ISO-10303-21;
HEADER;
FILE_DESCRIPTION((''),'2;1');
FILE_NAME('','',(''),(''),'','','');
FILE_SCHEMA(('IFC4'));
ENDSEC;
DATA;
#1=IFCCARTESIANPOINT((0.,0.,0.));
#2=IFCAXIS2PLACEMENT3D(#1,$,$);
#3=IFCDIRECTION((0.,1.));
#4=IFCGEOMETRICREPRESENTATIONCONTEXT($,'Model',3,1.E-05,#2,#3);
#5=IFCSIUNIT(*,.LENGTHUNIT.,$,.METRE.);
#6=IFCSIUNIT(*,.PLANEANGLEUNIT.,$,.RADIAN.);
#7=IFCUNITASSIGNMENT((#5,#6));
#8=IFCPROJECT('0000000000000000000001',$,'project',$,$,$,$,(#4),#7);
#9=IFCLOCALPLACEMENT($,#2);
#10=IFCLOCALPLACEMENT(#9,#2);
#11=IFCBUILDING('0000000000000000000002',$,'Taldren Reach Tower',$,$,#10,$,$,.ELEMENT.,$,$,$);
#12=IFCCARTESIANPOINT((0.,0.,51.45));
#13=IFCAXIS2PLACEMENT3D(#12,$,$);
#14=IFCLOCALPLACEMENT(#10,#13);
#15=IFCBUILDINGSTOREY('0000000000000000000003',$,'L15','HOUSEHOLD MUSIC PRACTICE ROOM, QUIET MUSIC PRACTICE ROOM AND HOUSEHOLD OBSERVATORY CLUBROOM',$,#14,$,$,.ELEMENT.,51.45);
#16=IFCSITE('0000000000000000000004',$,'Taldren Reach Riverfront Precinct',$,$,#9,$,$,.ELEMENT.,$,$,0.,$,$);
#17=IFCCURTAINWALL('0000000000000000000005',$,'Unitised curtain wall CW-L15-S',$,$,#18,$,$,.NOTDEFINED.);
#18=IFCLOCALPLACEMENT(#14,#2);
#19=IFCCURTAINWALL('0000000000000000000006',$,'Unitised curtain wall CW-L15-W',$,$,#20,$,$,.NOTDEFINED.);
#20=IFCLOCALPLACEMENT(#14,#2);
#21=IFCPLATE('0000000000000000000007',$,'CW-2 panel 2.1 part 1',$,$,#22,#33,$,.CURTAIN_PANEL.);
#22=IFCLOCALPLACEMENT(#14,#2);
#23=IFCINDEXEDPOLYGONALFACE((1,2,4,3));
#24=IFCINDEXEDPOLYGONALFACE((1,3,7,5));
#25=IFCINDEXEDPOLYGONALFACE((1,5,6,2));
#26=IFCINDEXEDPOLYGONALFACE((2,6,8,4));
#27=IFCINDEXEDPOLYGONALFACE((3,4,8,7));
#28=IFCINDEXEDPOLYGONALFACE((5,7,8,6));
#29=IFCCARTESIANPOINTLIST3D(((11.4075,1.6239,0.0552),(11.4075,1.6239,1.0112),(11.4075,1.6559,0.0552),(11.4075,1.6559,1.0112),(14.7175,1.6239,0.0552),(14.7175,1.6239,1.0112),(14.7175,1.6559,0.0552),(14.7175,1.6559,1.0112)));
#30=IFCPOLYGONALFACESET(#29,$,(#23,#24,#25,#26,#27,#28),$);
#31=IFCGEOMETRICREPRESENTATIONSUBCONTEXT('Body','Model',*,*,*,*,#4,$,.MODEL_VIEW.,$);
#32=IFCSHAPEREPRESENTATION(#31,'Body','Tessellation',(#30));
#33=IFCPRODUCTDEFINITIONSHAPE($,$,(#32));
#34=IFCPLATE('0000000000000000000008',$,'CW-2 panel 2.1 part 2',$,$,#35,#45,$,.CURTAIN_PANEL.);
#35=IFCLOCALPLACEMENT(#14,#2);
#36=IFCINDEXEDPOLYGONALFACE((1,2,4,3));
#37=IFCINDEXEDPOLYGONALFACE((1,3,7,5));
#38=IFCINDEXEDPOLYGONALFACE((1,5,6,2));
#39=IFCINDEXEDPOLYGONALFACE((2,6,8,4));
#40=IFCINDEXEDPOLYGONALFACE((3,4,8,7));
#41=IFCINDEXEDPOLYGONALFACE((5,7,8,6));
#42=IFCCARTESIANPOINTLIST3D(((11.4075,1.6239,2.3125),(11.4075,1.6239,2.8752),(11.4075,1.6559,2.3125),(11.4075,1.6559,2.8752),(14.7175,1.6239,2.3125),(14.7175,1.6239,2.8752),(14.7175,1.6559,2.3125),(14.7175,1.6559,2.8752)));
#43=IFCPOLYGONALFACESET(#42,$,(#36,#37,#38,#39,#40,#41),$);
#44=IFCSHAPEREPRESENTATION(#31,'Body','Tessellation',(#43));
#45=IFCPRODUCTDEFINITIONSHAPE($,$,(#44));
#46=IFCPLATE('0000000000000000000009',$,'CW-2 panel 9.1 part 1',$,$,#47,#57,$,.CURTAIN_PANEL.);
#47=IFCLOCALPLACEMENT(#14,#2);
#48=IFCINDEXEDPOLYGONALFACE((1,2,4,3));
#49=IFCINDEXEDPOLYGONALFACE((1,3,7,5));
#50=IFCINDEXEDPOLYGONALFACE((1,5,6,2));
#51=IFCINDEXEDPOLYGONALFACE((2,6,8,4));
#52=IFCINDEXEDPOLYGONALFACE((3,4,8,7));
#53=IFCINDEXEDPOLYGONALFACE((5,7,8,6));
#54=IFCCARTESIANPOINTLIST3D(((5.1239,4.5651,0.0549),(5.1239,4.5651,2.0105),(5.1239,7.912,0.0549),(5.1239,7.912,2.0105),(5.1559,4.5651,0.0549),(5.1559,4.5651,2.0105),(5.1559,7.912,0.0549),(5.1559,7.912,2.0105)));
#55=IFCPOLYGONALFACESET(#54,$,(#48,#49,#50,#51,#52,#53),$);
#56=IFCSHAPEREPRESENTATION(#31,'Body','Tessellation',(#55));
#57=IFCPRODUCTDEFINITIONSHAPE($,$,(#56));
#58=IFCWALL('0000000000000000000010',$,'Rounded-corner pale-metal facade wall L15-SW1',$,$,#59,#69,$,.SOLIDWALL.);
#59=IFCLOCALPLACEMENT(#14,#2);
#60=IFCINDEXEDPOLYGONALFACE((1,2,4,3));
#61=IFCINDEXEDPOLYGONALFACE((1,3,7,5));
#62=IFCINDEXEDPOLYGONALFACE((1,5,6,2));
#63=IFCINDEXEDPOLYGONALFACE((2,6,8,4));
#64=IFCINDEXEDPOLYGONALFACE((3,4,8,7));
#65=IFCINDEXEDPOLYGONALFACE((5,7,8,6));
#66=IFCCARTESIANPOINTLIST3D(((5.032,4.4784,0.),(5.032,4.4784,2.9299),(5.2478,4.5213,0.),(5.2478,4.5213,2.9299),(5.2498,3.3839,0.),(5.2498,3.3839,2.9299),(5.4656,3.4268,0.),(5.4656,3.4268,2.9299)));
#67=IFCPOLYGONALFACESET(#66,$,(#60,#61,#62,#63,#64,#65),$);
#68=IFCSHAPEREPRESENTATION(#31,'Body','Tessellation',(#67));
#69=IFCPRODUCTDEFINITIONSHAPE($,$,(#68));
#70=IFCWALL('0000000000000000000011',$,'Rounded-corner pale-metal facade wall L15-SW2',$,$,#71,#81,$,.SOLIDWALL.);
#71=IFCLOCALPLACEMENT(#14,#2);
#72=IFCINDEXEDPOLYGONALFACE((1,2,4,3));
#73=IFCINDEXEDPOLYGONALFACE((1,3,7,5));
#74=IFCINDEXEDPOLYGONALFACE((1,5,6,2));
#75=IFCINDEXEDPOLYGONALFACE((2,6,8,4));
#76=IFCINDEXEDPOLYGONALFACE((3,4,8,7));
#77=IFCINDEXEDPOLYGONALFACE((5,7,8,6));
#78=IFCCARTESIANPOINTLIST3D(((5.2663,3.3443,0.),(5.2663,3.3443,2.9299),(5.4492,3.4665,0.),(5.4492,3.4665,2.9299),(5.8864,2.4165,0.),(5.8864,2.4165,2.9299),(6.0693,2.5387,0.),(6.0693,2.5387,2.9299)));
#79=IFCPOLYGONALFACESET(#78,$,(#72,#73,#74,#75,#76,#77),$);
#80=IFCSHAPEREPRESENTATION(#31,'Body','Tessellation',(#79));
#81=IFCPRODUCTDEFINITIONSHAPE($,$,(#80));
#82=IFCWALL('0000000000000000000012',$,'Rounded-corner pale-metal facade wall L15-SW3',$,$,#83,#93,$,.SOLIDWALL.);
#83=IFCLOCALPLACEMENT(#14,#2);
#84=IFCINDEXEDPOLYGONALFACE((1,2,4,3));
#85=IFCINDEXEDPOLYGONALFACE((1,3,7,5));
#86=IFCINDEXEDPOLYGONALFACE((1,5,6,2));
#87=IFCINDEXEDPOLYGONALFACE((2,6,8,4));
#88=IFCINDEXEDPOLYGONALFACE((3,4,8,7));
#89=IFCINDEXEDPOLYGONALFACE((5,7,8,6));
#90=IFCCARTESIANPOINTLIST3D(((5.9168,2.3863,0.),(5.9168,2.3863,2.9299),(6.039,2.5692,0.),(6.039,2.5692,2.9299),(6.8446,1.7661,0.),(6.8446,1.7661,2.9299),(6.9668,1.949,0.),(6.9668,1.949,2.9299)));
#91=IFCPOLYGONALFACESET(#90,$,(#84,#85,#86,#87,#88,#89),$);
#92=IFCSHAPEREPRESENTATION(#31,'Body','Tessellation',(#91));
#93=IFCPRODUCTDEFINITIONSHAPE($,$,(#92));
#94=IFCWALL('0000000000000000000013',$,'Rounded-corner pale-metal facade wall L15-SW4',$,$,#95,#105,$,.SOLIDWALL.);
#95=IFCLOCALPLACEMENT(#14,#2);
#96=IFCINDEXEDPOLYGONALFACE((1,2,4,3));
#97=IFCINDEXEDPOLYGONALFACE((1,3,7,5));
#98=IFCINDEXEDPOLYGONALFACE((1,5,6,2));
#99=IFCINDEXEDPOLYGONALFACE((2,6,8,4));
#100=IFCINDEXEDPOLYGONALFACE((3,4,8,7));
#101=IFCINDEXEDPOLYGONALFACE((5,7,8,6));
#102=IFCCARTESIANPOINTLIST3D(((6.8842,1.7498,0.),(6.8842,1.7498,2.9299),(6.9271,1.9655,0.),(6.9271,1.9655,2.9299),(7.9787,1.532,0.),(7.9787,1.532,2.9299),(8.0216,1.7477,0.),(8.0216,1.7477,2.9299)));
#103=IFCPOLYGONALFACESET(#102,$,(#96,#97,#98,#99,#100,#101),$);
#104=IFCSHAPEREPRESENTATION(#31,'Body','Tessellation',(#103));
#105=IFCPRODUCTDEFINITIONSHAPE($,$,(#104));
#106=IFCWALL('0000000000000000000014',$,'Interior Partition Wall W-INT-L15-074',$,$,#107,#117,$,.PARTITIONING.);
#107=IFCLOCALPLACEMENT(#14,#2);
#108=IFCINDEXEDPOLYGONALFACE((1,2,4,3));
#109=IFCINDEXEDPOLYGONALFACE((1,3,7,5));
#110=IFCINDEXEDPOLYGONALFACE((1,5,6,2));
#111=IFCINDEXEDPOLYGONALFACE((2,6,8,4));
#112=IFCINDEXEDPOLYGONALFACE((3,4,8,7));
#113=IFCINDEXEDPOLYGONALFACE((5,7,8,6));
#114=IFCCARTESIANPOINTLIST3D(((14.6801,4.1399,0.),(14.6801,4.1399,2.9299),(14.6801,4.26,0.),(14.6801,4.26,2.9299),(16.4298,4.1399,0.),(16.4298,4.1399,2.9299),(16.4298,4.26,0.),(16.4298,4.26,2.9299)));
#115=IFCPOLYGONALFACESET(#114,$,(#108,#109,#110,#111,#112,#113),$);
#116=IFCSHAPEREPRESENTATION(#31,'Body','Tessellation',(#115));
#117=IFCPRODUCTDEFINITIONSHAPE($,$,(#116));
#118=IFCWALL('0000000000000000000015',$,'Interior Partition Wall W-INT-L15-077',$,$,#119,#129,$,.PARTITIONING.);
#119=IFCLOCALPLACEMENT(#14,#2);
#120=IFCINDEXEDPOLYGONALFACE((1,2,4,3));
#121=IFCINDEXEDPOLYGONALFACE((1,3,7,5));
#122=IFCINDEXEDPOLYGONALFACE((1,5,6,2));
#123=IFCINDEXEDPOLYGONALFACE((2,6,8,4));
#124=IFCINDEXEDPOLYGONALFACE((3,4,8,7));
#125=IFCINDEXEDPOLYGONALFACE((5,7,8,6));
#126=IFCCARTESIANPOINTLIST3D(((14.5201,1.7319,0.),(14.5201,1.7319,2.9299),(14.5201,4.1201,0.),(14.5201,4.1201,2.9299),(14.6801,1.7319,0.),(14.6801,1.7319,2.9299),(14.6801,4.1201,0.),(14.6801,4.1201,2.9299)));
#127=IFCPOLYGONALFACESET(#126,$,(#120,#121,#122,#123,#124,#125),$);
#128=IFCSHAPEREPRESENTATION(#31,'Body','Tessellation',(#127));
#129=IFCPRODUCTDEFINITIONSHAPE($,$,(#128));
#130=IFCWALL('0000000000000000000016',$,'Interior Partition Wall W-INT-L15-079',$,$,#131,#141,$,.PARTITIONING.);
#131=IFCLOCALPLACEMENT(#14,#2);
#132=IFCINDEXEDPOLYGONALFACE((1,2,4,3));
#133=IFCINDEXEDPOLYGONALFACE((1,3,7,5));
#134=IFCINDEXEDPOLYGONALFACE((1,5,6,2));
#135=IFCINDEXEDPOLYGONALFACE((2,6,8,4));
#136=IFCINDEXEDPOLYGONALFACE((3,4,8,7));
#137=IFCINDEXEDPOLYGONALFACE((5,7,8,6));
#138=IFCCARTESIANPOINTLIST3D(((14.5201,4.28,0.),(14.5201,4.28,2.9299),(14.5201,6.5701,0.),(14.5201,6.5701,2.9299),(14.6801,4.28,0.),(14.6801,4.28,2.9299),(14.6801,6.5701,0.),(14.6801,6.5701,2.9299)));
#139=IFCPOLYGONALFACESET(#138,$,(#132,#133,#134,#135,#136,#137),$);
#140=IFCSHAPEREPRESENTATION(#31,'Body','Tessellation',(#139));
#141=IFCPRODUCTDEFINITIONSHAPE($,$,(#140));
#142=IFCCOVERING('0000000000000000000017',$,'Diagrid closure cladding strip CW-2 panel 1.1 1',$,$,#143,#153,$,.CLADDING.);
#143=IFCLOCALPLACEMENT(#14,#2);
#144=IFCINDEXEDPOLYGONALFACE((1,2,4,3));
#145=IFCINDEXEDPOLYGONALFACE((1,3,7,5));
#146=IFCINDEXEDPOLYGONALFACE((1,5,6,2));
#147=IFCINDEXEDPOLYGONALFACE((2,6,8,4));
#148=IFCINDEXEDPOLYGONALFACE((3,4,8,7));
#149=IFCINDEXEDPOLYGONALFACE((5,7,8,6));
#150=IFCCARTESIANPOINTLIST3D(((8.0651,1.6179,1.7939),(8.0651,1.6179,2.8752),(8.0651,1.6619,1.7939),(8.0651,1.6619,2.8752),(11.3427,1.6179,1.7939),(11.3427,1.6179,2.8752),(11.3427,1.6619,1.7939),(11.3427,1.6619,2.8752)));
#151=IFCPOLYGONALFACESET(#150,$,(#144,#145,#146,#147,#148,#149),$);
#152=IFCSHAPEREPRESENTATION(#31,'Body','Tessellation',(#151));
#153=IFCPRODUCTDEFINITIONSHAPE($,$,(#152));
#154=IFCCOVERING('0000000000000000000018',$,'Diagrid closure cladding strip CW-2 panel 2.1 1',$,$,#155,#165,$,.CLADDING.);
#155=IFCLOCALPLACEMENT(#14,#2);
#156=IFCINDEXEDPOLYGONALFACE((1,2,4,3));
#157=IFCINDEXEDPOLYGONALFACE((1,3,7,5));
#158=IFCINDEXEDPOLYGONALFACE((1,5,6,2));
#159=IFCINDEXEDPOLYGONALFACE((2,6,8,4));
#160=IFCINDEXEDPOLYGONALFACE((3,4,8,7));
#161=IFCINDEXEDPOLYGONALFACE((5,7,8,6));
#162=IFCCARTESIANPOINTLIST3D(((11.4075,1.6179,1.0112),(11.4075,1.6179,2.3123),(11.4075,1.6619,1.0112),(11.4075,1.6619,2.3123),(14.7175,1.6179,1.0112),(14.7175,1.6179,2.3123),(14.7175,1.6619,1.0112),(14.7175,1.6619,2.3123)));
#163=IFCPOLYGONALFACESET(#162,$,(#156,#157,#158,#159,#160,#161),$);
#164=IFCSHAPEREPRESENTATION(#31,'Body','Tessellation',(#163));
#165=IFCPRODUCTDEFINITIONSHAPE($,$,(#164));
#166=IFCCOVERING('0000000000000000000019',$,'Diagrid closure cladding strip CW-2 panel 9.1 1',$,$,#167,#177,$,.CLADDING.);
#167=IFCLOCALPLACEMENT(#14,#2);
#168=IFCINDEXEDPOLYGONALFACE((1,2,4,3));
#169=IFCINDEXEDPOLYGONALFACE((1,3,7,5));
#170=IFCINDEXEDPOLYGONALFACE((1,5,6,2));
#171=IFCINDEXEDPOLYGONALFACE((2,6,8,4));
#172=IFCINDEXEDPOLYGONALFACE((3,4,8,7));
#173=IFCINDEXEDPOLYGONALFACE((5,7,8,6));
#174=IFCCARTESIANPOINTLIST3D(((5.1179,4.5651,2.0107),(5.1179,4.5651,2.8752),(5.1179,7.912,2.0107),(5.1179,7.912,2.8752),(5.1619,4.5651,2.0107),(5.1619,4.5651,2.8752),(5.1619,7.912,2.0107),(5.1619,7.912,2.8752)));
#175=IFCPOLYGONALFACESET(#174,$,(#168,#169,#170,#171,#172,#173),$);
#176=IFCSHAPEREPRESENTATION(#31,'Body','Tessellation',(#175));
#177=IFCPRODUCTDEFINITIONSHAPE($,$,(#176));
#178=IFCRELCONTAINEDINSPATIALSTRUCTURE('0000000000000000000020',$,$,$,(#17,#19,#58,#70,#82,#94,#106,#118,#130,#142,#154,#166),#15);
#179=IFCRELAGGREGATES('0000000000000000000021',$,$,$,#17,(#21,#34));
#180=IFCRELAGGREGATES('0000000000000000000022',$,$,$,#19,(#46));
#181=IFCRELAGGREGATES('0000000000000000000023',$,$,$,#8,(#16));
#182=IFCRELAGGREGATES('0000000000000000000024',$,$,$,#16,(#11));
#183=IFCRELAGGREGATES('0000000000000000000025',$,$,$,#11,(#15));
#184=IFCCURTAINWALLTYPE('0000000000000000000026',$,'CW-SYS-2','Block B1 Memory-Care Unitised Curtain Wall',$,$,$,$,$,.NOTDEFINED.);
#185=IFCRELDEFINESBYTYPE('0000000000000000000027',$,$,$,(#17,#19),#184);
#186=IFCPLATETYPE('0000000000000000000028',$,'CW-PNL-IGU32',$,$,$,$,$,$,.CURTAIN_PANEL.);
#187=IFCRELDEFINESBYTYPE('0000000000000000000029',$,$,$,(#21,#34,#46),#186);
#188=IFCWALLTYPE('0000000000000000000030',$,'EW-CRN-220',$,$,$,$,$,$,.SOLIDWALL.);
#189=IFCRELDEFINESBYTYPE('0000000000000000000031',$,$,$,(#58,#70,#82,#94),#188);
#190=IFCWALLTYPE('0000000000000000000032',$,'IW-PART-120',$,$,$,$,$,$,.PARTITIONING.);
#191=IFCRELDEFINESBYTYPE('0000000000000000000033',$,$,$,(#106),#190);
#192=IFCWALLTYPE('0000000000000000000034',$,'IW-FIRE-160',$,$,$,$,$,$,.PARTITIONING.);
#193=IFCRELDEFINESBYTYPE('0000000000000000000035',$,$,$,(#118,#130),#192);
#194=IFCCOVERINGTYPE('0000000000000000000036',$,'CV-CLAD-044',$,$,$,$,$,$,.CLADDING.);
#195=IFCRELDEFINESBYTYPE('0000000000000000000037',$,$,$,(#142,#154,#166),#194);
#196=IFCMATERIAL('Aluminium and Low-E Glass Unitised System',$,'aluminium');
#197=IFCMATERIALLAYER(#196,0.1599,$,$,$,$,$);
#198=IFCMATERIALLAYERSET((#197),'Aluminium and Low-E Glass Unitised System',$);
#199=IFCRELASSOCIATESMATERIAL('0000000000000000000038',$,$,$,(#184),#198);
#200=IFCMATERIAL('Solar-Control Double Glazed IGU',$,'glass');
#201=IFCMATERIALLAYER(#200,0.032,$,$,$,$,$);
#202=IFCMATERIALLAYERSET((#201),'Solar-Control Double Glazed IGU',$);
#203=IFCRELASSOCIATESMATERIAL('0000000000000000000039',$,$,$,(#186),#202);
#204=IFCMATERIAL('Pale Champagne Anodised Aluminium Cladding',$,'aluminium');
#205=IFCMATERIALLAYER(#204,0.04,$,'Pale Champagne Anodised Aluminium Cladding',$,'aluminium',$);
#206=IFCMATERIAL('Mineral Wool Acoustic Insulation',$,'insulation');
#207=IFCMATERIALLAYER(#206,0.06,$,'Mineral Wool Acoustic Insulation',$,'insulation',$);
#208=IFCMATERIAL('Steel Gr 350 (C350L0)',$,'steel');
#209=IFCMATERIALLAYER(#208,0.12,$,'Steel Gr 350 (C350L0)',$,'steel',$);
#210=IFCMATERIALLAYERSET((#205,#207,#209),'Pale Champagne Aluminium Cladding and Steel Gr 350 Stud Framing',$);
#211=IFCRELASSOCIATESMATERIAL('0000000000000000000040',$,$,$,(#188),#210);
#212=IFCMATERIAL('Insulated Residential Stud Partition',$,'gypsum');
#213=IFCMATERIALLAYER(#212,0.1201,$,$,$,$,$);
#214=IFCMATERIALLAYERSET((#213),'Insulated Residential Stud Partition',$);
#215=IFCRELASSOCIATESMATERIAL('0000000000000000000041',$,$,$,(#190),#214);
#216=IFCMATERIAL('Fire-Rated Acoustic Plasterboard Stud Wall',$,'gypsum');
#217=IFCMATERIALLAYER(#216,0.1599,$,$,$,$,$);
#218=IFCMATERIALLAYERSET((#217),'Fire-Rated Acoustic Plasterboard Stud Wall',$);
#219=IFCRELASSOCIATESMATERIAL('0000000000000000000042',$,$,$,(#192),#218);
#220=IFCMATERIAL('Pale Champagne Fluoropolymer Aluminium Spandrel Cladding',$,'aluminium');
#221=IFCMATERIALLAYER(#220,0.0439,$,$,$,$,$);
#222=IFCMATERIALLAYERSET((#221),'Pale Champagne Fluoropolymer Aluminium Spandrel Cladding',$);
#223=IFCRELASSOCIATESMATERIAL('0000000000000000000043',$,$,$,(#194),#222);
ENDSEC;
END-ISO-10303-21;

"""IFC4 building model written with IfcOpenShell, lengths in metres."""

from ifc_helpers import new_model, si_unit, direction, frame, frame_2d, origin, origin_2d, place, context, subcontext, project, spatial, rectangle, extrude, source, transform, mapped, material, layer, layer_set, type_object, element, aggregate, save


model = new_model("IFC4")

# Units and contexts
model_context = context("Model", 3, precision=1e-05, world=origin(), true_north=direction((0.0, 1.0)))
body_context = subcontext(model_context, "Body", "Model", "MODEL_VIEW")
ifc_project = project(units=[si_unit("LENGTHUNIT", "METRE"), si_unit("PLANEANGLEUNIT", "RADIAN")], contexts=[model_context])

# Site, building, storey
site_placement = place(None, origin())
site = spatial("IfcSite", under=ifc_project, at=site_placement, Name="Taldren Reach Riverfront Precinct", CompositionType="ELEMENT", RefElevation=0.0)
building_placement = place(site_placement, origin())
building = spatial("IfcBuilding", under=site, at=building_placement, Name="Taldren Reach Tower", CompositionType="ELEMENT")
storey_placement = place(building_placement, frame((0.0, 0.0, 51.45)))
storey = spatial("IfcBuildingStorey", under=building, at=storey_placement, Name="L15", Description="HOUSEHOLD MUSIC PRACTICE ROOM, QUIET MUSIC PRACTICE ROOM AND HOUSEHOLD OBSERVATORY CLUBROOM", CompositionType="ELEMENT", Elevation=51.45)

# Shared definitions
ifc_material_1 = material(Name="Steel Gr 350 (C350L0)", Category="steel")

# Curtain wall
ifc_material_2 = material(Name="Aluminium and Low-E Glass Unitised System", Category="aluminium")
ifc_layer_1 = layer(ifc_material_2, 0.1599)
ifc_layer_set_1 = layer_set([ifc_layer_1], Name="Aluminium and Low-E Glass Unitised System")
curtain_wall_type = type_object("IfcCurtainWallType", Name="CW-SYS-2", Description="Block B1 Memory-Care Unitised Curtain Wall", PredefinedType="NOTDEFINED", material=ifc_layer_set_1)
curtain_wall_1_placement = place(storey_placement, origin())
curtain_wall_1 = element("IfcCurtainWall", 1, at=curtain_wall_1_placement, inside=storey, type_object=curtain_wall_type, Name="Unitised curtain wall CW-L15-S", PredefinedType="NOTDEFINED")

# Curtain wall
curtain_wall_2_placement = place(storey_placement, origin())
curtain_wall_2 = element("IfcCurtainWall", 2, at=curtain_wall_2_placement, inside=storey, type_object=curtain_wall_type, Name="Unitised curtain wall CW-L15-W", PredefinedType="NOTDEFINED")

# Plates
ifc_material_3 = material(Name="Solar-Control Double Glazed IGU", Category="glass")
ifc_layer_2 = layer(ifc_material_3, 0.032)
ifc_layer_set_2 = layer_set([ifc_layer_2], Name="Solar-Control Double Glazed IGU")
plate_type_1 = type_object("IfcPlateType", Name="CW-PNL-IGU32", PredefinedType="CURTAIN_PANEL", material=ifc_layer_set_2)
shared_shape_1 = source(origin(), body_context, "Body", "SweptSolid", [
    extrude(rectangle(XDim=3.3101, YDim=0.032, at=origin_2d()), origin(), (0.0, 0.0, 1.0), 0.9561),
])
plate_1_placement = place(storey_placement, frame((13.0625, 1.6399, 0.0552), z_axis=(0.0, 0.0, 1.0), x_axis=(1.0, 0.0, 0.0)))
plate_1 = element("IfcPlate", 3, at=plate_1_placement, type_object=plate_type_1, Name="CW-2 panel 2.1 part 1", PredefinedType="CURTAIN_PANEL", context=body_context, shape_type="MappedRepresentation", body=[
    mapped(shared_shape_1, transform((0.0, 0.0, 0.0), scale=1.0)),
])
shared_shape_2 = source(origin(), body_context, "Body", "SweptSolid", [
    extrude(rectangle(XDim=3.3101, YDim=0.032, at=origin_2d()), origin(), (0.0, 0.0, 1.0), 0.5627),
])
plate_2_placement = place(storey_placement, frame((13.0625, 1.6399, 2.3125), z_axis=(0.0, 0.0, 1.0), x_axis=(1.0, 0.0, 0.0)))
plate_2 = element("IfcPlate", 4, at=plate_2_placement, type_object=plate_type_1, Name="CW-2 panel 2.1 part 2", PredefinedType="CURTAIN_PANEL", context=body_context, shape_type="MappedRepresentation", body=[
    mapped(shared_shape_2, transform((0.0, 0.0, 0.0), scale=1.0)),
])
aggregate(curtain_wall_1, [plate_1, plate_2])
shared_shape_3 = source(origin(), body_context, "Body", "SweptSolid", [
    extrude(rectangle(XDim=3.3469, YDim=0.032, at=origin_2d()), origin(), (0.0, 0.0, 1.0), 1.9556),
])
plate_3_placement = place(storey_placement, frame((5.1399, 6.2385, 0.0549), z_axis=(0.0, 0.0, 1.0), x_axis=(0.0, -1.0, 0.0)))
plate_3 = element("IfcPlate", 5, at=plate_3_placement, type_object=plate_type_1, Name="CW-2 panel 9.1 part 1", PredefinedType="CURTAIN_PANEL", context=body_context, shape_type="MappedRepresentation", body=[
    mapped(shared_shape_3, transform((0.0, 0.0, 0.0), scale=1.0)),
])
aggregate(curtain_wall_2, [plate_3])

# Walls
ifc_material_4 = material(Name="Pale Champagne Anodised Aluminium Cladding", Category="aluminium")
ifc_layer_3 = layer(ifc_material_4, 0.04, Name="Pale Champagne Anodised Aluminium Cladding", Category="aluminium")
ifc_material_5 = material(Name="Mineral Wool Acoustic Insulation", Category="insulation")
ifc_layer_4 = layer(ifc_material_5, 0.06, Name="Mineral Wool Acoustic Insulation", Category="insulation")
ifc_layer_5 = layer(ifc_material_1, 0.12, Name="Steel Gr 350 (C350L0)", Category="steel")
ifc_layer_set_3 = layer_set([ifc_layer_3, ifc_layer_4, ifc_layer_5], Name="Pale Champagne Aluminium Cladding and Steel Gr 350 Stud Framing")
wall_type_1 = type_object("IfcWallType", Name="EW-CRN-220", PredefinedType="SOLIDWALL", material=ifc_layer_set_3)
shared_shape_4 = source(origin(), body_context, "Body", "SweptSolid", [
    extrude(rectangle(XDim=1.116, YDim=0.22, at=frame_2d((0.5581, 0.0))), origin(), (0.0, 0.0, 1.0), 2.9299),
])
for number, where, z_axis, x_axis, name in (
    (6, (5.1399, 4.5, 0.0), (0.0, 0.0, 1.0), (0.195148, -0.980774, 0.0), "Rounded-corner pale-metal facade wall L15-SW1"),
    (7, (5.3577, 3.4055, 0.0), (0.0, 0.0, 1.0), (0.55571, -0.831377, 0.0), "Rounded-corner pale-metal facade wall L15-SW2"),
    (8, (5.9778, 2.4778, 0.0), (0.0, 0.0, 1.0), (0.831377, -0.55571, 0.0), "Rounded-corner pale-metal facade wall L15-SW3"),
    (9, (6.9055, 1.8577, 0.0), (0.0, 0.0, 1.0), (0.980774, -0.195148, 0.0), "Rounded-corner pale-metal facade wall L15-SW4"),
):
    element("IfcWall", number, at=place(storey_placement, frame(where, z_axis=z_axis, x_axis=x_axis)), inside=storey, type_object=wall_type_1, Name=name, PredefinedType="SOLIDWALL", context=body_context, shape_type="MappedRepresentation", body=[
        mapped(shared_shape_4, transform((0.0, 0.0, 0.0), scale=1.0)),
    ])
ifc_material_6 = material(Name="Insulated Residential Stud Partition", Category="gypsum")
ifc_layer_6 = layer(ifc_material_6, 0.1201)
ifc_layer_set_4 = layer_set([ifc_layer_6], Name="Insulated Residential Stud Partition")
wall_type_2 = type_object("IfcWallType", Name="IW-PART-120", PredefinedType="PARTITIONING", material=ifc_layer_set_4)
shared_shape_5 = source(origin(), body_context, "Body", "SweptSolid", [
    extrude(rectangle(XDim=1.7498, YDim=0.1201, at=frame_2d((0.875, 0.0))), origin(), (0.0, 0.0, 1.0), 2.9299),
])
wall_1_placement = place(storey_placement, frame((14.6799, 4.2, 0.0), z_axis=(0.0, 0.0, 1.0), x_axis=(1.0, 0.0, 0.0)))
element("IfcWall", 10, at=wall_1_placement, inside=storey, type_object=wall_type_2, Name="Interior Partition Wall W-INT-L15-074", PredefinedType="PARTITIONING", context=body_context, shape_type="MappedRepresentation", body=[
    mapped(shared_shape_5, transform((0.0, 0.0, 0.0), scale=1.0)),
])
ifc_material_7 = material(Name="Fire-Rated Acoustic Plasterboard Stud Wall", Category="gypsum")
ifc_layer_7 = layer(ifc_material_7, 0.1599)
ifc_layer_set_5 = layer_set([ifc_layer_7], Name="Fire-Rated Acoustic Plasterboard Stud Wall")
wall_type_3 = type_object("IfcWallType", Name="IW-FIRE-160", PredefinedType="PARTITIONING", material=ifc_layer_set_5)
shared_shape_6 = source(origin(), body_context, "Body", "SweptSolid", [
    extrude(rectangle(XDim=2.3882, YDim=0.1599, at=frame_2d((1.1941, 0.0))), origin(), (0.0, 0.0, 1.0), 2.9299),
])
wall_2_placement = place(storey_placement, frame((14.6001, 1.7319, 0.0), z_axis=(0.0, 0.0, 1.0), x_axis=(0.0, 1.0, 0.0)))
element("IfcWall", 11, at=wall_2_placement, inside=storey, type_object=wall_type_3, Name="Interior Partition Wall W-INT-L15-077", PredefinedType="PARTITIONING", context=body_context, shape_type="MappedRepresentation", body=[
    mapped(shared_shape_6, transform((0.0, 0.0, 0.0), scale=1.0)),
])
shared_shape_7 = source(origin(), body_context, "Body", "SweptSolid", [
    extrude(rectangle(XDim=2.29, YDim=0.1599, at=frame_2d((1.145, 0.0))), origin(), (0.0, 0.0, 1.0), 2.9299),
])
wall_3_placement = place(storey_placement, frame((14.6001, 4.28, 0.0), z_axis=(0.0, 0.0, 1.0), x_axis=(0.0, 1.0, 0.0)))
element("IfcWall", 12, at=wall_3_placement, inside=storey, type_object=wall_type_3, Name="Interior Partition Wall W-INT-L15-079", PredefinedType="PARTITIONING", context=body_context, shape_type="MappedRepresentation", body=[
    mapped(shared_shape_7, transform((0.0, 0.0, 0.0), scale=1.0)),
])

# Coverings
ifc_material_8 = material(Name="Pale Champagne Fluoropolymer Aluminium Spandrel Cladding", Category="aluminium")
ifc_layer_8 = layer(ifc_material_8, 0.0439)
ifc_layer_set_6 = layer_set([ifc_layer_8], Name="Pale Champagne Fluoropolymer Aluminium Spandrel Cladding")
covering_type = type_object("IfcCoveringType", Name="CV-CLAD-044", PredefinedType="CLADDING", material=ifc_layer_set_6)
shared_shape_8 = source(origin(), body_context, "Body", "SweptSolid", [
    extrude(rectangle(XDim=3.2776, YDim=0.0439, at=origin_2d()), origin(), (0.0, 0.0, 1.0), 1.0813),
])
covering_1_placement = place(storey_placement, frame((9.7039, 1.6399, 1.7939), z_axis=(0.0, 0.0, 1.0), x_axis=(1.0, 0.0, 0.0)))
element("IfcCovering", 13, at=covering_1_placement, inside=storey, type_object=covering_type, Name="Diagrid closure cladding strip CW-2 panel 1.1 1", PredefinedType="CLADDING", context=body_context, shape_type="MappedRepresentation", body=[
    mapped(shared_shape_8, transform((0.0, 0.0, 0.0), scale=1.0)),
])
shared_shape_9 = source(origin(), body_context, "Body", "SweptSolid", [
    extrude(rectangle(XDim=3.3101, YDim=0.0439, at=origin_2d()), origin(), (0.0, 0.0, 1.0), 1.301),
])
covering_2_placement = place(storey_placement, frame((13.0625, 1.6399, 1.0112), z_axis=(0.0, 0.0, 1.0), x_axis=(1.0, 0.0, 0.0)))
element("IfcCovering", 14, at=covering_2_placement, inside=storey, type_object=covering_type, Name="Diagrid closure cladding strip CW-2 panel 2.1 1", PredefinedType="CLADDING", context=body_context, shape_type="MappedRepresentation", body=[
    mapped(shared_shape_9, transform((0.0, 0.0, 0.0), scale=1.0)),
])
shared_shape_10 = source(origin(), body_context, "Body", "SweptSolid", [
    extrude(rectangle(XDim=3.3469, YDim=0.0439, at=origin_2d()), origin(), (0.0, 0.0, 1.0), 0.8645),
])
covering_3_placement = place(storey_placement, frame((5.1399, 6.2385, 2.0107), z_axis=(0.0, 0.0, 1.0), x_axis=(0.0, -1.0, 0.0)))
element("IfcCovering", 15, at=covering_3_placement, inside=storey, type_object=covering_type, Name="Diagrid closure cladding strip CW-2 panel 9.1 1", PredefinedType="CLADDING", context=body_context, shape_type="MappedRepresentation", body=[
    mapped(shared_shape_10, transform((0.0, 0.0, 0.0), scale=1.0)),
])

save(model, "model.ifc")
